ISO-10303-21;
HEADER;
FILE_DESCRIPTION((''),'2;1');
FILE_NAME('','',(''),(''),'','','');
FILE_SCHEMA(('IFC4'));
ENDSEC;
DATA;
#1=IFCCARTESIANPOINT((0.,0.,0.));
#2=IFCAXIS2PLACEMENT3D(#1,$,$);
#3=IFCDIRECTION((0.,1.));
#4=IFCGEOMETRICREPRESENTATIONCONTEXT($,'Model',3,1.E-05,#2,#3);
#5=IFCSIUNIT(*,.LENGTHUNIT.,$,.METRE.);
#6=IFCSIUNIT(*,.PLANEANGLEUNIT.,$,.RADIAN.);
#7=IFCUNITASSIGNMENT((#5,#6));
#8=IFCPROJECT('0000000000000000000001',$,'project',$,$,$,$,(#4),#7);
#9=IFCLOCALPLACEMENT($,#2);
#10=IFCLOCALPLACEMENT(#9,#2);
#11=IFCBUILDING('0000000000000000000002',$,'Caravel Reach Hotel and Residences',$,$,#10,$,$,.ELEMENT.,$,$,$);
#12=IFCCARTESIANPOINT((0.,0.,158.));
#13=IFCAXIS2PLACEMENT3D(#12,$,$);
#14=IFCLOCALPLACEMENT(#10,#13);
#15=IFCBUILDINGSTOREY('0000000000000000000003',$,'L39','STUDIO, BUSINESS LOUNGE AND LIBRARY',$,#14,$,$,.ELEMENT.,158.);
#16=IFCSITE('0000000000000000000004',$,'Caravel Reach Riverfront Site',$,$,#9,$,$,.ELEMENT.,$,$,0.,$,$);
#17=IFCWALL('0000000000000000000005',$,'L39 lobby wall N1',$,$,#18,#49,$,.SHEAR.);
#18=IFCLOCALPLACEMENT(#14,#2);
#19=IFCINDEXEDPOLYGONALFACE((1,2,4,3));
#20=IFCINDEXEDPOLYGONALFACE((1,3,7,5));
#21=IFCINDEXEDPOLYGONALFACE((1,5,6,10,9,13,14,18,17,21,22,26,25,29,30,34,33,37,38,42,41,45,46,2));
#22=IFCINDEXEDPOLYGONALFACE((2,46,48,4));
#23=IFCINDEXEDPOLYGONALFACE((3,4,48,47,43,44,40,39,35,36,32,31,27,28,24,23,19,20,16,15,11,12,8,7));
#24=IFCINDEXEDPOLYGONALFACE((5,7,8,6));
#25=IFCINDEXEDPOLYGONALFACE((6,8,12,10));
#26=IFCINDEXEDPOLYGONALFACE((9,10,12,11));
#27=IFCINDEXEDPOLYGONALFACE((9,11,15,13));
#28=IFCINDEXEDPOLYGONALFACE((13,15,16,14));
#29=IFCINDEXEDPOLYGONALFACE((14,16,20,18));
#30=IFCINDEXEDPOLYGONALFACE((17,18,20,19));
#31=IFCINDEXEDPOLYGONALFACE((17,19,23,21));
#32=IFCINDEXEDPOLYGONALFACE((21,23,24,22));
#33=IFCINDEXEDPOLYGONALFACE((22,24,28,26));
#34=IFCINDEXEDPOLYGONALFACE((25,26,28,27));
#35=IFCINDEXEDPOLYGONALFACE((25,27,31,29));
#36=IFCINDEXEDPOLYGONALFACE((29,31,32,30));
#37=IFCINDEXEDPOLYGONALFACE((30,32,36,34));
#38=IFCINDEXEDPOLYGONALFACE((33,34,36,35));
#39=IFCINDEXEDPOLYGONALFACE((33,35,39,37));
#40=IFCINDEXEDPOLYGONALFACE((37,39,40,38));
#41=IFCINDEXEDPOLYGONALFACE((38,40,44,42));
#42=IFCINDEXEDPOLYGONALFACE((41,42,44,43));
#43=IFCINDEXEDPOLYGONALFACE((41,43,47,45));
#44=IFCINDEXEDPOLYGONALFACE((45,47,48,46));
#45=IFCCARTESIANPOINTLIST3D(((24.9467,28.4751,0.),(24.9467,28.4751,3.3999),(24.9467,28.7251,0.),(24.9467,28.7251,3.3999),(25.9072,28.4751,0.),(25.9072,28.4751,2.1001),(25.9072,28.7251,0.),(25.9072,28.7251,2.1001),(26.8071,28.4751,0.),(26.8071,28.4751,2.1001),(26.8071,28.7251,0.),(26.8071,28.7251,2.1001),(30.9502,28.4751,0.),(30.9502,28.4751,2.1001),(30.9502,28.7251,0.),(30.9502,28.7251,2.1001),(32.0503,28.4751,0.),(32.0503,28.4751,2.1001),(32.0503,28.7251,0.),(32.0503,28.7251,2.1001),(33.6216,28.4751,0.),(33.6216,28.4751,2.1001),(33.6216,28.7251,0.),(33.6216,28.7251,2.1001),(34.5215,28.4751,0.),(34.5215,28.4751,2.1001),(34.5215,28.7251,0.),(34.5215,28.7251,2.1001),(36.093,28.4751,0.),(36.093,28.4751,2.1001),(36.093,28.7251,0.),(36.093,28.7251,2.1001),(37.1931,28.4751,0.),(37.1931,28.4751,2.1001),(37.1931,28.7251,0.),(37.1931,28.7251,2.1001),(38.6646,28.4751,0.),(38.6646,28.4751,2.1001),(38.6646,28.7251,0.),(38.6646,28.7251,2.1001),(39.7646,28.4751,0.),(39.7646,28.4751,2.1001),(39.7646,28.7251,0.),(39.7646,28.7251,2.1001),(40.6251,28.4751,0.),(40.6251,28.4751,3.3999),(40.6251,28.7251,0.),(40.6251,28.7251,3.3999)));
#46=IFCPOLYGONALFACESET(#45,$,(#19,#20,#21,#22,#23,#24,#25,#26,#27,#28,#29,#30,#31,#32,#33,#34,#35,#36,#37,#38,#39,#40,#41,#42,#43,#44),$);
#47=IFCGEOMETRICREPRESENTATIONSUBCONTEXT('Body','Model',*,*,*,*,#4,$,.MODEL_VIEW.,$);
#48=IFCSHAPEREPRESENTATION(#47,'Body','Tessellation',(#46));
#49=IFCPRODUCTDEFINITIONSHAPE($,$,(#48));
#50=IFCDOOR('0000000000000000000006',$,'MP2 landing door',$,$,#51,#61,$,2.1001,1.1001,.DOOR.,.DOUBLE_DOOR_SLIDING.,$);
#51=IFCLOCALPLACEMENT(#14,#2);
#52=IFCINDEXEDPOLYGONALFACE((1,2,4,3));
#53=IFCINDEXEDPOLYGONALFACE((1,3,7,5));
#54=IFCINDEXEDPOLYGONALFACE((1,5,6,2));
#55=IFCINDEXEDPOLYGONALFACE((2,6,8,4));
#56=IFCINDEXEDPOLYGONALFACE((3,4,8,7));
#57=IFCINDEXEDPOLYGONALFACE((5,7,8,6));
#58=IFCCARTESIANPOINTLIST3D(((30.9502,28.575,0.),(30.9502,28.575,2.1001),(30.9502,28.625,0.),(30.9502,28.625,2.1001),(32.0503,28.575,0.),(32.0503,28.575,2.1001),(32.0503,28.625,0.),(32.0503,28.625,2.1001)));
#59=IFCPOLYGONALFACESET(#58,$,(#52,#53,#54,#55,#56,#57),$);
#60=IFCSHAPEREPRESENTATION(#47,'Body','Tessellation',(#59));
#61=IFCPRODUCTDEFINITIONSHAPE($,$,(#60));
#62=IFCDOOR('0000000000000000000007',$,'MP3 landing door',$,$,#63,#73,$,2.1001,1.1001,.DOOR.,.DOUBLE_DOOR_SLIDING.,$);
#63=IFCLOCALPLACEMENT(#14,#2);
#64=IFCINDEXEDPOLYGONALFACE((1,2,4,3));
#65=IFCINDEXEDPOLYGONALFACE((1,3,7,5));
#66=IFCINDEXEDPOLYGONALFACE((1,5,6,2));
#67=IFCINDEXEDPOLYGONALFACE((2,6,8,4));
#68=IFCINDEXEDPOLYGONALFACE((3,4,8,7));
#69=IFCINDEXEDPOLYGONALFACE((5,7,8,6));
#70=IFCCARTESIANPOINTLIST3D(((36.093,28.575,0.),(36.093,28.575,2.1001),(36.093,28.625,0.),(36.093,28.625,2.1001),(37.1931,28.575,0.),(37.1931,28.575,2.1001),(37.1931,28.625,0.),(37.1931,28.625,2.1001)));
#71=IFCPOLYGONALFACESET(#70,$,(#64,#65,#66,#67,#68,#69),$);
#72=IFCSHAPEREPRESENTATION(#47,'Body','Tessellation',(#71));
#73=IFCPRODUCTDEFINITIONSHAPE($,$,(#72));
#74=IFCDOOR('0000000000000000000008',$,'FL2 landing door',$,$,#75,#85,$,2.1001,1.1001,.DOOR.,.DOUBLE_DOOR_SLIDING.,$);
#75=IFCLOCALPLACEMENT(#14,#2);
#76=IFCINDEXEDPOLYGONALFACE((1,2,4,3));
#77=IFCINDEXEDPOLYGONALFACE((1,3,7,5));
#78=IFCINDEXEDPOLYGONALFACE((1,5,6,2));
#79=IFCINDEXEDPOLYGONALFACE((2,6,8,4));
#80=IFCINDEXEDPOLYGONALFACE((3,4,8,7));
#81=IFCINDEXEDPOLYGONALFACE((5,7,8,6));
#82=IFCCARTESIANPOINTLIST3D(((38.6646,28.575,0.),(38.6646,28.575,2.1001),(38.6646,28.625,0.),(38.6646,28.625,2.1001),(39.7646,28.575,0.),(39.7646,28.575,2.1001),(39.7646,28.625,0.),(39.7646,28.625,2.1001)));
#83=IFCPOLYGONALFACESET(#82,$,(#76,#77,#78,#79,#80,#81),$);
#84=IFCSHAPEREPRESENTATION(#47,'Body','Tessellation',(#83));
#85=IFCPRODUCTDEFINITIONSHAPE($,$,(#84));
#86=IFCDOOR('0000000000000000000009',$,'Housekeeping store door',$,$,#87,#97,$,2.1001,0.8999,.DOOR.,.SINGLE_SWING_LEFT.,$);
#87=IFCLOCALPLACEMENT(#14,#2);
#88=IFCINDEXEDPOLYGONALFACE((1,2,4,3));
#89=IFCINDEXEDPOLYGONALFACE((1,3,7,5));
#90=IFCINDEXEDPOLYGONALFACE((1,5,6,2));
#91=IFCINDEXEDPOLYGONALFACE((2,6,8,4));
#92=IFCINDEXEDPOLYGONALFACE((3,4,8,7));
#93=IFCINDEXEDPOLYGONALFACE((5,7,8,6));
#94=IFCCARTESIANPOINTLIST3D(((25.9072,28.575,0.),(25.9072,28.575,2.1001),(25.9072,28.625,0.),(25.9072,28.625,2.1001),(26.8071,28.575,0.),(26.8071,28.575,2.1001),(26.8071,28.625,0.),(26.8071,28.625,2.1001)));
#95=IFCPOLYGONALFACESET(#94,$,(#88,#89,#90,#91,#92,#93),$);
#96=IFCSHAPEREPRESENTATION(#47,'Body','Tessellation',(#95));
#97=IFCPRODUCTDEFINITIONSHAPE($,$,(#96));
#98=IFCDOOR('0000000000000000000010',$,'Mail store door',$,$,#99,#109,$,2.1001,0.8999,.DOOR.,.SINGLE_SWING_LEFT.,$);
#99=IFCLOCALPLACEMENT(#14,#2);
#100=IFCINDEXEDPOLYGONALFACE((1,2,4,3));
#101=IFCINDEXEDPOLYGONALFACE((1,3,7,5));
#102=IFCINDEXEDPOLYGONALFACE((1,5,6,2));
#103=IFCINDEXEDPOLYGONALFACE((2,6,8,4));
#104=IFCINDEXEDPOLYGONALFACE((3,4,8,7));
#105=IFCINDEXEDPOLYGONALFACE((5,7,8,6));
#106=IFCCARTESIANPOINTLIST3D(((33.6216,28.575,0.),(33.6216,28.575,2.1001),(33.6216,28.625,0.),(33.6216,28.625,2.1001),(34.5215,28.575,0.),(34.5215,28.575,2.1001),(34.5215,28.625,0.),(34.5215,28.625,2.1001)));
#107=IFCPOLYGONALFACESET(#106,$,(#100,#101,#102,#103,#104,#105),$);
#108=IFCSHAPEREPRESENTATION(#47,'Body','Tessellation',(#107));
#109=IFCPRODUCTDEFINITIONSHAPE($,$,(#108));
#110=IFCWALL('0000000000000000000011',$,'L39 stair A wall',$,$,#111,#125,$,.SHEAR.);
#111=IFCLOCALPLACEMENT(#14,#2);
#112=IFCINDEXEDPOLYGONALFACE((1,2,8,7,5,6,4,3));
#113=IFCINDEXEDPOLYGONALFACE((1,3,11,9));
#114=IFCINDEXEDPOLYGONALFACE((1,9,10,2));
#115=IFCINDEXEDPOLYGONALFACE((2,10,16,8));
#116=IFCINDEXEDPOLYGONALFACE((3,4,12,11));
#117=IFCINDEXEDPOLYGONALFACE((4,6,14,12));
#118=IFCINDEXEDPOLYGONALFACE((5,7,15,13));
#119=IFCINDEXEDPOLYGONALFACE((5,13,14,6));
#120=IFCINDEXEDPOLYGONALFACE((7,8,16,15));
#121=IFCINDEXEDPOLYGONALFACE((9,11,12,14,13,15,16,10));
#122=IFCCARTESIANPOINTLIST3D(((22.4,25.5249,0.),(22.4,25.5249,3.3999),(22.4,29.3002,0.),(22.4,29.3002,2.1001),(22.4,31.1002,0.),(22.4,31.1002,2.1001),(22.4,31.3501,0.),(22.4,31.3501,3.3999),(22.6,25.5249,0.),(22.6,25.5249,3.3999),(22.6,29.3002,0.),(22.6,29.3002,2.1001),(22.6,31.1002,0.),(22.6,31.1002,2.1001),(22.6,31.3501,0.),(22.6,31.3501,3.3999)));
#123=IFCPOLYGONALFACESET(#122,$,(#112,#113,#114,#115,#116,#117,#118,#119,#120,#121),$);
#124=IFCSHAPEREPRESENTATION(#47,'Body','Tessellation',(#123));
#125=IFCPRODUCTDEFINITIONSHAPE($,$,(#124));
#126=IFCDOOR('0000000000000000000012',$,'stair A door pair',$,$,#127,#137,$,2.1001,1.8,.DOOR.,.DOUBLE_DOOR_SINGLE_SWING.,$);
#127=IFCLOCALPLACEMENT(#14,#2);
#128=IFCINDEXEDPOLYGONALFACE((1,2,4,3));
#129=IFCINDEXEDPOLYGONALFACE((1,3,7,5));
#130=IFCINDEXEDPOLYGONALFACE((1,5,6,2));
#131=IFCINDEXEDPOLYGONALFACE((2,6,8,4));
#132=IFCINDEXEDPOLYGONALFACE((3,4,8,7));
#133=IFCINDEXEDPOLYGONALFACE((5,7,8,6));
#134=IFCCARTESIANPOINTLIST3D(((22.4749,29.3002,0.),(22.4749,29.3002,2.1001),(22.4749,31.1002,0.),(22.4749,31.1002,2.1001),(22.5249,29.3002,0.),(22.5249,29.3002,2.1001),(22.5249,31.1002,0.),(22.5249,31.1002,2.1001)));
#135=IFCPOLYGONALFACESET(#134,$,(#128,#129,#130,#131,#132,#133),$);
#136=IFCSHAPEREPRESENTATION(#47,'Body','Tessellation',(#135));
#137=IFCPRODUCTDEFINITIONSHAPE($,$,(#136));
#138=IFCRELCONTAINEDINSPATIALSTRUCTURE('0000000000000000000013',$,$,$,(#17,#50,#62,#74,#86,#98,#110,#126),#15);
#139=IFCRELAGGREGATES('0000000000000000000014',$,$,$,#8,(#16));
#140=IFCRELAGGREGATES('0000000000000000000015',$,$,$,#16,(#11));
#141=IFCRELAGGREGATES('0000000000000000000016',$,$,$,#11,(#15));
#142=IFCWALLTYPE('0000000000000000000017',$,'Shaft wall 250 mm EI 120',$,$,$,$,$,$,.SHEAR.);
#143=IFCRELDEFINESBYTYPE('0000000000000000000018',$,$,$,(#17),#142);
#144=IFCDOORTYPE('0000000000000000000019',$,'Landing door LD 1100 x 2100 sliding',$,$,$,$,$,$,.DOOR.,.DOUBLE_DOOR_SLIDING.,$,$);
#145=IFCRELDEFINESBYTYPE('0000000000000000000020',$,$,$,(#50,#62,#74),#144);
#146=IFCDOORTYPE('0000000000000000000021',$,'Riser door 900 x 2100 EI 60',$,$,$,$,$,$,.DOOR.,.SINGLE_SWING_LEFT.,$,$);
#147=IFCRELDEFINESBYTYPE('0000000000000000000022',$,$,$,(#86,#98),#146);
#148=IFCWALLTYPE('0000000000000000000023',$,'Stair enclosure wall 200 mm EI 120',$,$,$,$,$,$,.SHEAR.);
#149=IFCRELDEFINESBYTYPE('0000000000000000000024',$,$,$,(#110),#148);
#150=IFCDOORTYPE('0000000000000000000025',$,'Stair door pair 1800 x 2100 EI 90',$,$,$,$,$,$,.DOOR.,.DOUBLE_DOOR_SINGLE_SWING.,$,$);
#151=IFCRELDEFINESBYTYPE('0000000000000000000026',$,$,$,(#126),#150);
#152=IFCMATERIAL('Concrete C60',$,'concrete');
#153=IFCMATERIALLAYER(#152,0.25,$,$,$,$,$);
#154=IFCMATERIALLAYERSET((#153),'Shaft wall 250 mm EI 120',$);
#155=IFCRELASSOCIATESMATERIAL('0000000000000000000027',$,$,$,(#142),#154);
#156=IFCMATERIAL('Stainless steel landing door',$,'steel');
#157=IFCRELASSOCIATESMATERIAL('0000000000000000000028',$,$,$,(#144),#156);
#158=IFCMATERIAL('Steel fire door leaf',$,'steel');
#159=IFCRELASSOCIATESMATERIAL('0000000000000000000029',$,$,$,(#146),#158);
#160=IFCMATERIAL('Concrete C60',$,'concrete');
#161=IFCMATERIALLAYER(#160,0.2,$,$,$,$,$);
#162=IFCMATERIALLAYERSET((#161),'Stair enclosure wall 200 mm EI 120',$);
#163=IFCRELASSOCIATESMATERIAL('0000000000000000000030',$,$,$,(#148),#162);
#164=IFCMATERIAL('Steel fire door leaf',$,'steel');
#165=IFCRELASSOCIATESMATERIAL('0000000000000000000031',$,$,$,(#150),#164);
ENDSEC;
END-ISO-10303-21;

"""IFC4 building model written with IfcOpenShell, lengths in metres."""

from ifc_helpers import new_model, si_unit, direction, frame, frame_2d, origin, place, context, subcontext, project, spatial, rectangle, extrude, material, layer, layer_set, type_object, element, fill, save


model = new_model("IFC4")

# Units and contexts
model_context = context("Model", 3, precision=1e-05, world=origin(), true_north=direction((0.0, 1.0)))
body_context = subcontext(model_context, "Body", "Model", "MODEL_VIEW")
ifc_project = project(units=[si_unit("LENGTHUNIT", "METRE"), si_unit("PLANEANGLEUNIT", "RADIAN")], contexts=[model_context])

# Site, building, storey
site_placement = place(None, origin())
site = spatial("IfcSite", under=ifc_project, at=site_placement, Name="Caravel Reach Riverfront Site", CompositionType="ELEMENT", RefElevation=0.0)
building_placement = place(site_placement, origin())
building = spatial("IfcBuilding", under=site, at=building_placement, Name="Caravel Reach Hotel and Residences", CompositionType="ELEMENT")
storey_placement = place(building_placement, frame((0.0, 0.0, 158.0)))
storey = spatial("IfcBuildingStorey", under=building, at=storey_placement, Name="L39", Description="STUDIO, BUSINESS LOUNGE AND LIBRARY", CompositionType="ELEMENT", Elevation=158.0)

# Wall, openings, doors
ifc_material_1 = material(Name="Concrete C60", Category="concrete")
ifc_layer_1 = layer(ifc_material_1, 0.25)
ifc_layer_set_1 = layer_set([ifc_layer_1], Name="Shaft wall 250 mm EI 120")
wall_type_1 = type_object("IfcWallType", Name="Shaft wall 250 mm EI 120", PredefinedType="SHEAR", material=ifc_layer_set_1)
ifc_material_2 = material(Name="Stainless steel landing door", Category="steel")
door_type_1 = type_object("IfcDoorType", Name="Landing door LD 1100 x 2100 sliding", OperationType="DOUBLE_DOOR_SLIDING", PredefinedType="DOOR", material=ifc_material_2)
ifc_material_3 = material(Name="Steel fire door leaf", Category="steel")
door_type_2 = type_object("IfcDoorType", Name="Riser door 900 x 2100 EI 60", OperationType="SINGLE_SWING_LEFT", PredefinedType="DOOR", material=ifc_material_3)
wall_1_placement = place(storey_placement, frame((24.9465, 28.6001, 0.0), z_axis=(0.0, 0.0, 1.0), x_axis=(1.0, 0.0, 0.0)))
wall_1 = element("IfcWall", 1, at=wall_1_placement, inside=storey, type_object=wall_type_1, Name="L39 lobby wall N1", PredefinedType="SHEAR", context=body_context, shape_type="SweptSolid", body=[
    extrude(rectangle(XDim=15.6785, YDim=0.25, at=frame_2d((7.8394, 0.0))), origin(), (0.0, 0.0, 1.0), 3.3999),
])
opening_1_placement = place(wall_1_placement, frame((6.0037, 0.0, 0.0)))
opening_1 = element("IfcOpeningElement", 2, at=opening_1_placement, cuts=wall_1, PredefinedType="OPENING", context=body_context, shape_type="SweptSolid", body=[
    extrude(rectangle(XDim=1.1001, YDim=2.1001, at=frame_2d((0.55, 1.05))), frame((0.0, 0.135, 0.0), z_axis=(0.0, -1.0, 0.0), x_axis=(1.0, 0.0, 0.0)), (0.0, 0.0, 1.0), 0.27),
])
opening_2_placement = place(wall_1_placement, frame((11.1465, 0.0, 0.0)))
opening_2 = element("IfcOpeningElement", 3, at=opening_2_placement, cuts=wall_1, PredefinedType="OPENING", context=body_context, shape_type="SweptSolid", body=[
    extrude(rectangle(XDim=1.1001, YDim=2.1001, at=frame_2d((0.55, 1.05))), frame((0.0, 0.135, 0.0), z_axis=(0.0, -1.0, 0.0), x_axis=(1.0, 0.0, 0.0)), (0.0, 0.0, 1.0), 0.27),
])
opening_3_placement = place(wall_1_placement, frame((13.718, 0.0, 0.0)))
opening_3 = element("IfcOpeningElement", 4, at=opening_3_placement, cuts=wall_1, PredefinedType="OPENING", context=body_context, shape_type="SweptSolid", body=[
    extrude(rectangle(XDim=1.1001, YDim=2.1001, at=frame_2d((0.55, 1.05))), frame((0.0, 0.135, 0.0), z_axis=(0.0, -1.0, 0.0), x_axis=(1.0, 0.0, 0.0)), (0.0, 0.0, 1.0), 0.27),
])
opening_4_placement = place(wall_1_placement, frame((0.9607, 0.0, 0.0)))
opening_4 = element("IfcOpeningElement", 5, at=opening_4_placement, cuts=wall_1, PredefinedType="OPENING", context=body_context, shape_type="SweptSolid", body=[
    extrude(rectangle(XDim=0.8999, YDim=2.1001, at=frame_2d((0.45, 1.05))), frame((0.0, 0.135, 0.0), z_axis=(0.0, -1.0, 0.0), x_axis=(1.0, 0.0, 0.0)), (0.0, 0.0, 1.0), 0.27),
])
opening_5_placement = place(wall_1_placement, frame((8.675, 0.0, 0.0)))
opening_5 = element("IfcOpeningElement", 6, at=opening_5_placement, cuts=wall_1, PredefinedType="OPENING", context=body_context, shape_type="SweptSolid", body=[
    extrude(rectangle(XDim=0.8999, YDim=2.1001, at=frame_2d((0.45, 1.05))), frame((0.0, 0.135, 0.0), z_axis=(0.0, -1.0, 0.0), x_axis=(1.0, 0.0, 0.0)), (0.0, 0.0, 1.0), 0.27),
])
door_1_placement = place(opening_1_placement, origin())
door_1 = element("IfcDoor", 7, at=door_1_placement, inside=storey, type_object=door_type_1, Name="MP2 landing door", OperationType="DOUBLE_DOOR_SLIDING", OverallHeight=2.1001, OverallWidth=1.1001, PredefinedType="DOOR", context=body_context, shape_type="SweptSolid", body=[
    extrude(rectangle(XDim=1.1001, YDim=2.1001, at=frame_2d((0.55, 1.05))), frame((0.0, 0.0249, 0.0), z_axis=(0.0, -1.0, 0.0), x_axis=(1.0, 0.0, 0.0)), (0.0, 0.0, 1.0), 0.05),
])
fill(opening_1, door_1)
door_2_placement = place(opening_2_placement, origin())
door_2 = element("IfcDoor", 8, at=door_2_placement, inside=storey, type_object=door_type_1, Name="MP3 landing door", OperationType="DOUBLE_DOOR_SLIDING", OverallHeight=2.1001, OverallWidth=1.1001, PredefinedType="DOOR", context=body_context, shape_type="SweptSolid", body=[
    extrude(rectangle(XDim=1.1001, YDim=2.1001, at=frame_2d((0.55, 1.05))), frame((0.0, 0.0249, 0.0), z_axis=(0.0, -1.0, 0.0), x_axis=(1.0, 0.0, 0.0)), (0.0, 0.0, 1.0), 0.05),
])
fill(opening_2, door_2)
door_3_placement = place(opening_3_placement, origin())
door_3 = element("IfcDoor", 9, at=door_3_placement, inside=storey, type_object=door_type_1, Name="FL2 landing door", OperationType="DOUBLE_DOOR_SLIDING", OverallHeight=2.1001, OverallWidth=1.1001, PredefinedType="DOOR", context=body_context, shape_type="SweptSolid", body=[
    extrude(rectangle(XDim=1.1001, YDim=2.1001, at=frame_2d((0.55, 1.05))), frame((0.0, 0.0249, 0.0), z_axis=(0.0, -1.0, 0.0), x_axis=(1.0, 0.0, 0.0)), (0.0, 0.0, 1.0), 0.05),
])
fill(opening_3, door_3)
door_4_placement = place(opening_4_placement, origin())
door_4 = element("IfcDoor", 10, at=door_4_placement, inside=storey, type_object=door_type_2, Name="Housekeeping store door", OperationType="SINGLE_SWING_LEFT", OverallHeight=2.1001, OverallWidth=0.8999, PredefinedType="DOOR", context=body_context, shape_type="SweptSolid", body=[
    extrude(rectangle(XDim=0.8999, YDim=2.1001, at=frame_2d((0.45, 1.05))), frame((0.0, 0.0249, 0.0), z_axis=(0.0, -1.0, 0.0), x_axis=(1.0, 0.0, 0.0)), (0.0, 0.0, 1.0), 0.05),
])
fill(opening_4, door_4)
door_5_placement = place(opening_5_placement, origin())
door_5 = element("IfcDoor", 11, at=door_5_placement, inside=storey, type_object=door_type_2, Name="Mail store door", OperationType="SINGLE_SWING_LEFT", OverallHeight=2.1001, OverallWidth=0.8999, PredefinedType="DOOR", context=body_context, shape_type="SweptSolid", body=[
    extrude(rectangle(XDim=0.8999, YDim=2.1001, at=frame_2d((0.45, 1.05))), frame((0.0, 0.0249, 0.0), z_axis=(0.0, -1.0, 0.0), x_axis=(1.0, 0.0, 0.0)), (0.0, 0.0, 1.0), 0.05),
])
fill(opening_5, door_5)

# Wall, opening, door
ifc_material_4 = material(Name="Concrete C60", Category="concrete")
ifc_layer_2 = layer(ifc_material_4, 0.2)
ifc_layer_set_2 = layer_set([ifc_layer_2], Name="Stair enclosure wall 200 mm EI 120")
wall_type_2 = type_object("IfcWallType", Name="Stair enclosure wall 200 mm EI 120", PredefinedType="SHEAR", material=ifc_layer_set_2)
wall_2_placement = place(storey_placement, frame((22.5, 31.3501, 0.0), z_axis=(0.0, 0.0, 1.0), x_axis=(0.0, -1.0, 0.0)))
wall_2 = element("IfcWall", 12, at=wall_2_placement, inside=storey, type_object=wall_type_2, Name="L39 stair A wall", PredefinedType="SHEAR", context=body_context, shape_type="SweptSolid", body=[
    extrude(rectangle(XDim=5.8252, YDim=0.2, at=frame_2d((2.9126, 0.0))), origin(), (0.0, 0.0, 1.0), 3.3999),
])
opening_6_placement = place(wall_2_placement, frame((0.25, 0.0, 0.0)))
opening_6 = element("IfcOpeningElement", 13, at=opening_6_placement, cuts=wall_2, PredefinedType="OPENING", context=body_context, shape_type="SweptSolid", body=[
    extrude(rectangle(XDim=1.8, YDim=2.1001, at=frame_2d((0.8999, 1.05))), frame((0.0, 0.1099, 0.0), z_axis=(0.0, -1.0, 0.0), x_axis=(1.0, 0.0, 0.0)), (0.0, 0.0, 1.0), 0.22),
])
ifc_material_5 = material(Name="Steel fire door leaf", Category="steel")
door_type_3 = type_object("IfcDoorType", Name="Stair door pair 1800 x 2100 EI 90", OperationType="DOUBLE_DOOR_SINGLE_SWING", PredefinedType="DOOR", material=ifc_material_5)
door_6_placement = place(opening_6_placement, origin())
door_6 = element("IfcDoor", 14, at=door_6_placement, inside=storey, type_object=door_type_3, Name="stair A door pair", OperationType="DOUBLE_DOOR_SINGLE_SWING", OverallHeight=2.1001, OverallWidth=1.8, PredefinedType="DOOR", context=body_context, shape_type="SweptSolid", body=[
    extrude(rectangle(XDim=1.8, YDim=2.1001, at=frame_2d((0.8999, 1.05))), frame((0.0, 0.0249, 0.0), z_axis=(0.0, -1.0, 0.0), x_axis=(1.0, 0.0, 0.0)), (0.0, 0.0, 1.0), 0.05),
])
fill(opening_6, door_6)

save(model, "model.ifc")
